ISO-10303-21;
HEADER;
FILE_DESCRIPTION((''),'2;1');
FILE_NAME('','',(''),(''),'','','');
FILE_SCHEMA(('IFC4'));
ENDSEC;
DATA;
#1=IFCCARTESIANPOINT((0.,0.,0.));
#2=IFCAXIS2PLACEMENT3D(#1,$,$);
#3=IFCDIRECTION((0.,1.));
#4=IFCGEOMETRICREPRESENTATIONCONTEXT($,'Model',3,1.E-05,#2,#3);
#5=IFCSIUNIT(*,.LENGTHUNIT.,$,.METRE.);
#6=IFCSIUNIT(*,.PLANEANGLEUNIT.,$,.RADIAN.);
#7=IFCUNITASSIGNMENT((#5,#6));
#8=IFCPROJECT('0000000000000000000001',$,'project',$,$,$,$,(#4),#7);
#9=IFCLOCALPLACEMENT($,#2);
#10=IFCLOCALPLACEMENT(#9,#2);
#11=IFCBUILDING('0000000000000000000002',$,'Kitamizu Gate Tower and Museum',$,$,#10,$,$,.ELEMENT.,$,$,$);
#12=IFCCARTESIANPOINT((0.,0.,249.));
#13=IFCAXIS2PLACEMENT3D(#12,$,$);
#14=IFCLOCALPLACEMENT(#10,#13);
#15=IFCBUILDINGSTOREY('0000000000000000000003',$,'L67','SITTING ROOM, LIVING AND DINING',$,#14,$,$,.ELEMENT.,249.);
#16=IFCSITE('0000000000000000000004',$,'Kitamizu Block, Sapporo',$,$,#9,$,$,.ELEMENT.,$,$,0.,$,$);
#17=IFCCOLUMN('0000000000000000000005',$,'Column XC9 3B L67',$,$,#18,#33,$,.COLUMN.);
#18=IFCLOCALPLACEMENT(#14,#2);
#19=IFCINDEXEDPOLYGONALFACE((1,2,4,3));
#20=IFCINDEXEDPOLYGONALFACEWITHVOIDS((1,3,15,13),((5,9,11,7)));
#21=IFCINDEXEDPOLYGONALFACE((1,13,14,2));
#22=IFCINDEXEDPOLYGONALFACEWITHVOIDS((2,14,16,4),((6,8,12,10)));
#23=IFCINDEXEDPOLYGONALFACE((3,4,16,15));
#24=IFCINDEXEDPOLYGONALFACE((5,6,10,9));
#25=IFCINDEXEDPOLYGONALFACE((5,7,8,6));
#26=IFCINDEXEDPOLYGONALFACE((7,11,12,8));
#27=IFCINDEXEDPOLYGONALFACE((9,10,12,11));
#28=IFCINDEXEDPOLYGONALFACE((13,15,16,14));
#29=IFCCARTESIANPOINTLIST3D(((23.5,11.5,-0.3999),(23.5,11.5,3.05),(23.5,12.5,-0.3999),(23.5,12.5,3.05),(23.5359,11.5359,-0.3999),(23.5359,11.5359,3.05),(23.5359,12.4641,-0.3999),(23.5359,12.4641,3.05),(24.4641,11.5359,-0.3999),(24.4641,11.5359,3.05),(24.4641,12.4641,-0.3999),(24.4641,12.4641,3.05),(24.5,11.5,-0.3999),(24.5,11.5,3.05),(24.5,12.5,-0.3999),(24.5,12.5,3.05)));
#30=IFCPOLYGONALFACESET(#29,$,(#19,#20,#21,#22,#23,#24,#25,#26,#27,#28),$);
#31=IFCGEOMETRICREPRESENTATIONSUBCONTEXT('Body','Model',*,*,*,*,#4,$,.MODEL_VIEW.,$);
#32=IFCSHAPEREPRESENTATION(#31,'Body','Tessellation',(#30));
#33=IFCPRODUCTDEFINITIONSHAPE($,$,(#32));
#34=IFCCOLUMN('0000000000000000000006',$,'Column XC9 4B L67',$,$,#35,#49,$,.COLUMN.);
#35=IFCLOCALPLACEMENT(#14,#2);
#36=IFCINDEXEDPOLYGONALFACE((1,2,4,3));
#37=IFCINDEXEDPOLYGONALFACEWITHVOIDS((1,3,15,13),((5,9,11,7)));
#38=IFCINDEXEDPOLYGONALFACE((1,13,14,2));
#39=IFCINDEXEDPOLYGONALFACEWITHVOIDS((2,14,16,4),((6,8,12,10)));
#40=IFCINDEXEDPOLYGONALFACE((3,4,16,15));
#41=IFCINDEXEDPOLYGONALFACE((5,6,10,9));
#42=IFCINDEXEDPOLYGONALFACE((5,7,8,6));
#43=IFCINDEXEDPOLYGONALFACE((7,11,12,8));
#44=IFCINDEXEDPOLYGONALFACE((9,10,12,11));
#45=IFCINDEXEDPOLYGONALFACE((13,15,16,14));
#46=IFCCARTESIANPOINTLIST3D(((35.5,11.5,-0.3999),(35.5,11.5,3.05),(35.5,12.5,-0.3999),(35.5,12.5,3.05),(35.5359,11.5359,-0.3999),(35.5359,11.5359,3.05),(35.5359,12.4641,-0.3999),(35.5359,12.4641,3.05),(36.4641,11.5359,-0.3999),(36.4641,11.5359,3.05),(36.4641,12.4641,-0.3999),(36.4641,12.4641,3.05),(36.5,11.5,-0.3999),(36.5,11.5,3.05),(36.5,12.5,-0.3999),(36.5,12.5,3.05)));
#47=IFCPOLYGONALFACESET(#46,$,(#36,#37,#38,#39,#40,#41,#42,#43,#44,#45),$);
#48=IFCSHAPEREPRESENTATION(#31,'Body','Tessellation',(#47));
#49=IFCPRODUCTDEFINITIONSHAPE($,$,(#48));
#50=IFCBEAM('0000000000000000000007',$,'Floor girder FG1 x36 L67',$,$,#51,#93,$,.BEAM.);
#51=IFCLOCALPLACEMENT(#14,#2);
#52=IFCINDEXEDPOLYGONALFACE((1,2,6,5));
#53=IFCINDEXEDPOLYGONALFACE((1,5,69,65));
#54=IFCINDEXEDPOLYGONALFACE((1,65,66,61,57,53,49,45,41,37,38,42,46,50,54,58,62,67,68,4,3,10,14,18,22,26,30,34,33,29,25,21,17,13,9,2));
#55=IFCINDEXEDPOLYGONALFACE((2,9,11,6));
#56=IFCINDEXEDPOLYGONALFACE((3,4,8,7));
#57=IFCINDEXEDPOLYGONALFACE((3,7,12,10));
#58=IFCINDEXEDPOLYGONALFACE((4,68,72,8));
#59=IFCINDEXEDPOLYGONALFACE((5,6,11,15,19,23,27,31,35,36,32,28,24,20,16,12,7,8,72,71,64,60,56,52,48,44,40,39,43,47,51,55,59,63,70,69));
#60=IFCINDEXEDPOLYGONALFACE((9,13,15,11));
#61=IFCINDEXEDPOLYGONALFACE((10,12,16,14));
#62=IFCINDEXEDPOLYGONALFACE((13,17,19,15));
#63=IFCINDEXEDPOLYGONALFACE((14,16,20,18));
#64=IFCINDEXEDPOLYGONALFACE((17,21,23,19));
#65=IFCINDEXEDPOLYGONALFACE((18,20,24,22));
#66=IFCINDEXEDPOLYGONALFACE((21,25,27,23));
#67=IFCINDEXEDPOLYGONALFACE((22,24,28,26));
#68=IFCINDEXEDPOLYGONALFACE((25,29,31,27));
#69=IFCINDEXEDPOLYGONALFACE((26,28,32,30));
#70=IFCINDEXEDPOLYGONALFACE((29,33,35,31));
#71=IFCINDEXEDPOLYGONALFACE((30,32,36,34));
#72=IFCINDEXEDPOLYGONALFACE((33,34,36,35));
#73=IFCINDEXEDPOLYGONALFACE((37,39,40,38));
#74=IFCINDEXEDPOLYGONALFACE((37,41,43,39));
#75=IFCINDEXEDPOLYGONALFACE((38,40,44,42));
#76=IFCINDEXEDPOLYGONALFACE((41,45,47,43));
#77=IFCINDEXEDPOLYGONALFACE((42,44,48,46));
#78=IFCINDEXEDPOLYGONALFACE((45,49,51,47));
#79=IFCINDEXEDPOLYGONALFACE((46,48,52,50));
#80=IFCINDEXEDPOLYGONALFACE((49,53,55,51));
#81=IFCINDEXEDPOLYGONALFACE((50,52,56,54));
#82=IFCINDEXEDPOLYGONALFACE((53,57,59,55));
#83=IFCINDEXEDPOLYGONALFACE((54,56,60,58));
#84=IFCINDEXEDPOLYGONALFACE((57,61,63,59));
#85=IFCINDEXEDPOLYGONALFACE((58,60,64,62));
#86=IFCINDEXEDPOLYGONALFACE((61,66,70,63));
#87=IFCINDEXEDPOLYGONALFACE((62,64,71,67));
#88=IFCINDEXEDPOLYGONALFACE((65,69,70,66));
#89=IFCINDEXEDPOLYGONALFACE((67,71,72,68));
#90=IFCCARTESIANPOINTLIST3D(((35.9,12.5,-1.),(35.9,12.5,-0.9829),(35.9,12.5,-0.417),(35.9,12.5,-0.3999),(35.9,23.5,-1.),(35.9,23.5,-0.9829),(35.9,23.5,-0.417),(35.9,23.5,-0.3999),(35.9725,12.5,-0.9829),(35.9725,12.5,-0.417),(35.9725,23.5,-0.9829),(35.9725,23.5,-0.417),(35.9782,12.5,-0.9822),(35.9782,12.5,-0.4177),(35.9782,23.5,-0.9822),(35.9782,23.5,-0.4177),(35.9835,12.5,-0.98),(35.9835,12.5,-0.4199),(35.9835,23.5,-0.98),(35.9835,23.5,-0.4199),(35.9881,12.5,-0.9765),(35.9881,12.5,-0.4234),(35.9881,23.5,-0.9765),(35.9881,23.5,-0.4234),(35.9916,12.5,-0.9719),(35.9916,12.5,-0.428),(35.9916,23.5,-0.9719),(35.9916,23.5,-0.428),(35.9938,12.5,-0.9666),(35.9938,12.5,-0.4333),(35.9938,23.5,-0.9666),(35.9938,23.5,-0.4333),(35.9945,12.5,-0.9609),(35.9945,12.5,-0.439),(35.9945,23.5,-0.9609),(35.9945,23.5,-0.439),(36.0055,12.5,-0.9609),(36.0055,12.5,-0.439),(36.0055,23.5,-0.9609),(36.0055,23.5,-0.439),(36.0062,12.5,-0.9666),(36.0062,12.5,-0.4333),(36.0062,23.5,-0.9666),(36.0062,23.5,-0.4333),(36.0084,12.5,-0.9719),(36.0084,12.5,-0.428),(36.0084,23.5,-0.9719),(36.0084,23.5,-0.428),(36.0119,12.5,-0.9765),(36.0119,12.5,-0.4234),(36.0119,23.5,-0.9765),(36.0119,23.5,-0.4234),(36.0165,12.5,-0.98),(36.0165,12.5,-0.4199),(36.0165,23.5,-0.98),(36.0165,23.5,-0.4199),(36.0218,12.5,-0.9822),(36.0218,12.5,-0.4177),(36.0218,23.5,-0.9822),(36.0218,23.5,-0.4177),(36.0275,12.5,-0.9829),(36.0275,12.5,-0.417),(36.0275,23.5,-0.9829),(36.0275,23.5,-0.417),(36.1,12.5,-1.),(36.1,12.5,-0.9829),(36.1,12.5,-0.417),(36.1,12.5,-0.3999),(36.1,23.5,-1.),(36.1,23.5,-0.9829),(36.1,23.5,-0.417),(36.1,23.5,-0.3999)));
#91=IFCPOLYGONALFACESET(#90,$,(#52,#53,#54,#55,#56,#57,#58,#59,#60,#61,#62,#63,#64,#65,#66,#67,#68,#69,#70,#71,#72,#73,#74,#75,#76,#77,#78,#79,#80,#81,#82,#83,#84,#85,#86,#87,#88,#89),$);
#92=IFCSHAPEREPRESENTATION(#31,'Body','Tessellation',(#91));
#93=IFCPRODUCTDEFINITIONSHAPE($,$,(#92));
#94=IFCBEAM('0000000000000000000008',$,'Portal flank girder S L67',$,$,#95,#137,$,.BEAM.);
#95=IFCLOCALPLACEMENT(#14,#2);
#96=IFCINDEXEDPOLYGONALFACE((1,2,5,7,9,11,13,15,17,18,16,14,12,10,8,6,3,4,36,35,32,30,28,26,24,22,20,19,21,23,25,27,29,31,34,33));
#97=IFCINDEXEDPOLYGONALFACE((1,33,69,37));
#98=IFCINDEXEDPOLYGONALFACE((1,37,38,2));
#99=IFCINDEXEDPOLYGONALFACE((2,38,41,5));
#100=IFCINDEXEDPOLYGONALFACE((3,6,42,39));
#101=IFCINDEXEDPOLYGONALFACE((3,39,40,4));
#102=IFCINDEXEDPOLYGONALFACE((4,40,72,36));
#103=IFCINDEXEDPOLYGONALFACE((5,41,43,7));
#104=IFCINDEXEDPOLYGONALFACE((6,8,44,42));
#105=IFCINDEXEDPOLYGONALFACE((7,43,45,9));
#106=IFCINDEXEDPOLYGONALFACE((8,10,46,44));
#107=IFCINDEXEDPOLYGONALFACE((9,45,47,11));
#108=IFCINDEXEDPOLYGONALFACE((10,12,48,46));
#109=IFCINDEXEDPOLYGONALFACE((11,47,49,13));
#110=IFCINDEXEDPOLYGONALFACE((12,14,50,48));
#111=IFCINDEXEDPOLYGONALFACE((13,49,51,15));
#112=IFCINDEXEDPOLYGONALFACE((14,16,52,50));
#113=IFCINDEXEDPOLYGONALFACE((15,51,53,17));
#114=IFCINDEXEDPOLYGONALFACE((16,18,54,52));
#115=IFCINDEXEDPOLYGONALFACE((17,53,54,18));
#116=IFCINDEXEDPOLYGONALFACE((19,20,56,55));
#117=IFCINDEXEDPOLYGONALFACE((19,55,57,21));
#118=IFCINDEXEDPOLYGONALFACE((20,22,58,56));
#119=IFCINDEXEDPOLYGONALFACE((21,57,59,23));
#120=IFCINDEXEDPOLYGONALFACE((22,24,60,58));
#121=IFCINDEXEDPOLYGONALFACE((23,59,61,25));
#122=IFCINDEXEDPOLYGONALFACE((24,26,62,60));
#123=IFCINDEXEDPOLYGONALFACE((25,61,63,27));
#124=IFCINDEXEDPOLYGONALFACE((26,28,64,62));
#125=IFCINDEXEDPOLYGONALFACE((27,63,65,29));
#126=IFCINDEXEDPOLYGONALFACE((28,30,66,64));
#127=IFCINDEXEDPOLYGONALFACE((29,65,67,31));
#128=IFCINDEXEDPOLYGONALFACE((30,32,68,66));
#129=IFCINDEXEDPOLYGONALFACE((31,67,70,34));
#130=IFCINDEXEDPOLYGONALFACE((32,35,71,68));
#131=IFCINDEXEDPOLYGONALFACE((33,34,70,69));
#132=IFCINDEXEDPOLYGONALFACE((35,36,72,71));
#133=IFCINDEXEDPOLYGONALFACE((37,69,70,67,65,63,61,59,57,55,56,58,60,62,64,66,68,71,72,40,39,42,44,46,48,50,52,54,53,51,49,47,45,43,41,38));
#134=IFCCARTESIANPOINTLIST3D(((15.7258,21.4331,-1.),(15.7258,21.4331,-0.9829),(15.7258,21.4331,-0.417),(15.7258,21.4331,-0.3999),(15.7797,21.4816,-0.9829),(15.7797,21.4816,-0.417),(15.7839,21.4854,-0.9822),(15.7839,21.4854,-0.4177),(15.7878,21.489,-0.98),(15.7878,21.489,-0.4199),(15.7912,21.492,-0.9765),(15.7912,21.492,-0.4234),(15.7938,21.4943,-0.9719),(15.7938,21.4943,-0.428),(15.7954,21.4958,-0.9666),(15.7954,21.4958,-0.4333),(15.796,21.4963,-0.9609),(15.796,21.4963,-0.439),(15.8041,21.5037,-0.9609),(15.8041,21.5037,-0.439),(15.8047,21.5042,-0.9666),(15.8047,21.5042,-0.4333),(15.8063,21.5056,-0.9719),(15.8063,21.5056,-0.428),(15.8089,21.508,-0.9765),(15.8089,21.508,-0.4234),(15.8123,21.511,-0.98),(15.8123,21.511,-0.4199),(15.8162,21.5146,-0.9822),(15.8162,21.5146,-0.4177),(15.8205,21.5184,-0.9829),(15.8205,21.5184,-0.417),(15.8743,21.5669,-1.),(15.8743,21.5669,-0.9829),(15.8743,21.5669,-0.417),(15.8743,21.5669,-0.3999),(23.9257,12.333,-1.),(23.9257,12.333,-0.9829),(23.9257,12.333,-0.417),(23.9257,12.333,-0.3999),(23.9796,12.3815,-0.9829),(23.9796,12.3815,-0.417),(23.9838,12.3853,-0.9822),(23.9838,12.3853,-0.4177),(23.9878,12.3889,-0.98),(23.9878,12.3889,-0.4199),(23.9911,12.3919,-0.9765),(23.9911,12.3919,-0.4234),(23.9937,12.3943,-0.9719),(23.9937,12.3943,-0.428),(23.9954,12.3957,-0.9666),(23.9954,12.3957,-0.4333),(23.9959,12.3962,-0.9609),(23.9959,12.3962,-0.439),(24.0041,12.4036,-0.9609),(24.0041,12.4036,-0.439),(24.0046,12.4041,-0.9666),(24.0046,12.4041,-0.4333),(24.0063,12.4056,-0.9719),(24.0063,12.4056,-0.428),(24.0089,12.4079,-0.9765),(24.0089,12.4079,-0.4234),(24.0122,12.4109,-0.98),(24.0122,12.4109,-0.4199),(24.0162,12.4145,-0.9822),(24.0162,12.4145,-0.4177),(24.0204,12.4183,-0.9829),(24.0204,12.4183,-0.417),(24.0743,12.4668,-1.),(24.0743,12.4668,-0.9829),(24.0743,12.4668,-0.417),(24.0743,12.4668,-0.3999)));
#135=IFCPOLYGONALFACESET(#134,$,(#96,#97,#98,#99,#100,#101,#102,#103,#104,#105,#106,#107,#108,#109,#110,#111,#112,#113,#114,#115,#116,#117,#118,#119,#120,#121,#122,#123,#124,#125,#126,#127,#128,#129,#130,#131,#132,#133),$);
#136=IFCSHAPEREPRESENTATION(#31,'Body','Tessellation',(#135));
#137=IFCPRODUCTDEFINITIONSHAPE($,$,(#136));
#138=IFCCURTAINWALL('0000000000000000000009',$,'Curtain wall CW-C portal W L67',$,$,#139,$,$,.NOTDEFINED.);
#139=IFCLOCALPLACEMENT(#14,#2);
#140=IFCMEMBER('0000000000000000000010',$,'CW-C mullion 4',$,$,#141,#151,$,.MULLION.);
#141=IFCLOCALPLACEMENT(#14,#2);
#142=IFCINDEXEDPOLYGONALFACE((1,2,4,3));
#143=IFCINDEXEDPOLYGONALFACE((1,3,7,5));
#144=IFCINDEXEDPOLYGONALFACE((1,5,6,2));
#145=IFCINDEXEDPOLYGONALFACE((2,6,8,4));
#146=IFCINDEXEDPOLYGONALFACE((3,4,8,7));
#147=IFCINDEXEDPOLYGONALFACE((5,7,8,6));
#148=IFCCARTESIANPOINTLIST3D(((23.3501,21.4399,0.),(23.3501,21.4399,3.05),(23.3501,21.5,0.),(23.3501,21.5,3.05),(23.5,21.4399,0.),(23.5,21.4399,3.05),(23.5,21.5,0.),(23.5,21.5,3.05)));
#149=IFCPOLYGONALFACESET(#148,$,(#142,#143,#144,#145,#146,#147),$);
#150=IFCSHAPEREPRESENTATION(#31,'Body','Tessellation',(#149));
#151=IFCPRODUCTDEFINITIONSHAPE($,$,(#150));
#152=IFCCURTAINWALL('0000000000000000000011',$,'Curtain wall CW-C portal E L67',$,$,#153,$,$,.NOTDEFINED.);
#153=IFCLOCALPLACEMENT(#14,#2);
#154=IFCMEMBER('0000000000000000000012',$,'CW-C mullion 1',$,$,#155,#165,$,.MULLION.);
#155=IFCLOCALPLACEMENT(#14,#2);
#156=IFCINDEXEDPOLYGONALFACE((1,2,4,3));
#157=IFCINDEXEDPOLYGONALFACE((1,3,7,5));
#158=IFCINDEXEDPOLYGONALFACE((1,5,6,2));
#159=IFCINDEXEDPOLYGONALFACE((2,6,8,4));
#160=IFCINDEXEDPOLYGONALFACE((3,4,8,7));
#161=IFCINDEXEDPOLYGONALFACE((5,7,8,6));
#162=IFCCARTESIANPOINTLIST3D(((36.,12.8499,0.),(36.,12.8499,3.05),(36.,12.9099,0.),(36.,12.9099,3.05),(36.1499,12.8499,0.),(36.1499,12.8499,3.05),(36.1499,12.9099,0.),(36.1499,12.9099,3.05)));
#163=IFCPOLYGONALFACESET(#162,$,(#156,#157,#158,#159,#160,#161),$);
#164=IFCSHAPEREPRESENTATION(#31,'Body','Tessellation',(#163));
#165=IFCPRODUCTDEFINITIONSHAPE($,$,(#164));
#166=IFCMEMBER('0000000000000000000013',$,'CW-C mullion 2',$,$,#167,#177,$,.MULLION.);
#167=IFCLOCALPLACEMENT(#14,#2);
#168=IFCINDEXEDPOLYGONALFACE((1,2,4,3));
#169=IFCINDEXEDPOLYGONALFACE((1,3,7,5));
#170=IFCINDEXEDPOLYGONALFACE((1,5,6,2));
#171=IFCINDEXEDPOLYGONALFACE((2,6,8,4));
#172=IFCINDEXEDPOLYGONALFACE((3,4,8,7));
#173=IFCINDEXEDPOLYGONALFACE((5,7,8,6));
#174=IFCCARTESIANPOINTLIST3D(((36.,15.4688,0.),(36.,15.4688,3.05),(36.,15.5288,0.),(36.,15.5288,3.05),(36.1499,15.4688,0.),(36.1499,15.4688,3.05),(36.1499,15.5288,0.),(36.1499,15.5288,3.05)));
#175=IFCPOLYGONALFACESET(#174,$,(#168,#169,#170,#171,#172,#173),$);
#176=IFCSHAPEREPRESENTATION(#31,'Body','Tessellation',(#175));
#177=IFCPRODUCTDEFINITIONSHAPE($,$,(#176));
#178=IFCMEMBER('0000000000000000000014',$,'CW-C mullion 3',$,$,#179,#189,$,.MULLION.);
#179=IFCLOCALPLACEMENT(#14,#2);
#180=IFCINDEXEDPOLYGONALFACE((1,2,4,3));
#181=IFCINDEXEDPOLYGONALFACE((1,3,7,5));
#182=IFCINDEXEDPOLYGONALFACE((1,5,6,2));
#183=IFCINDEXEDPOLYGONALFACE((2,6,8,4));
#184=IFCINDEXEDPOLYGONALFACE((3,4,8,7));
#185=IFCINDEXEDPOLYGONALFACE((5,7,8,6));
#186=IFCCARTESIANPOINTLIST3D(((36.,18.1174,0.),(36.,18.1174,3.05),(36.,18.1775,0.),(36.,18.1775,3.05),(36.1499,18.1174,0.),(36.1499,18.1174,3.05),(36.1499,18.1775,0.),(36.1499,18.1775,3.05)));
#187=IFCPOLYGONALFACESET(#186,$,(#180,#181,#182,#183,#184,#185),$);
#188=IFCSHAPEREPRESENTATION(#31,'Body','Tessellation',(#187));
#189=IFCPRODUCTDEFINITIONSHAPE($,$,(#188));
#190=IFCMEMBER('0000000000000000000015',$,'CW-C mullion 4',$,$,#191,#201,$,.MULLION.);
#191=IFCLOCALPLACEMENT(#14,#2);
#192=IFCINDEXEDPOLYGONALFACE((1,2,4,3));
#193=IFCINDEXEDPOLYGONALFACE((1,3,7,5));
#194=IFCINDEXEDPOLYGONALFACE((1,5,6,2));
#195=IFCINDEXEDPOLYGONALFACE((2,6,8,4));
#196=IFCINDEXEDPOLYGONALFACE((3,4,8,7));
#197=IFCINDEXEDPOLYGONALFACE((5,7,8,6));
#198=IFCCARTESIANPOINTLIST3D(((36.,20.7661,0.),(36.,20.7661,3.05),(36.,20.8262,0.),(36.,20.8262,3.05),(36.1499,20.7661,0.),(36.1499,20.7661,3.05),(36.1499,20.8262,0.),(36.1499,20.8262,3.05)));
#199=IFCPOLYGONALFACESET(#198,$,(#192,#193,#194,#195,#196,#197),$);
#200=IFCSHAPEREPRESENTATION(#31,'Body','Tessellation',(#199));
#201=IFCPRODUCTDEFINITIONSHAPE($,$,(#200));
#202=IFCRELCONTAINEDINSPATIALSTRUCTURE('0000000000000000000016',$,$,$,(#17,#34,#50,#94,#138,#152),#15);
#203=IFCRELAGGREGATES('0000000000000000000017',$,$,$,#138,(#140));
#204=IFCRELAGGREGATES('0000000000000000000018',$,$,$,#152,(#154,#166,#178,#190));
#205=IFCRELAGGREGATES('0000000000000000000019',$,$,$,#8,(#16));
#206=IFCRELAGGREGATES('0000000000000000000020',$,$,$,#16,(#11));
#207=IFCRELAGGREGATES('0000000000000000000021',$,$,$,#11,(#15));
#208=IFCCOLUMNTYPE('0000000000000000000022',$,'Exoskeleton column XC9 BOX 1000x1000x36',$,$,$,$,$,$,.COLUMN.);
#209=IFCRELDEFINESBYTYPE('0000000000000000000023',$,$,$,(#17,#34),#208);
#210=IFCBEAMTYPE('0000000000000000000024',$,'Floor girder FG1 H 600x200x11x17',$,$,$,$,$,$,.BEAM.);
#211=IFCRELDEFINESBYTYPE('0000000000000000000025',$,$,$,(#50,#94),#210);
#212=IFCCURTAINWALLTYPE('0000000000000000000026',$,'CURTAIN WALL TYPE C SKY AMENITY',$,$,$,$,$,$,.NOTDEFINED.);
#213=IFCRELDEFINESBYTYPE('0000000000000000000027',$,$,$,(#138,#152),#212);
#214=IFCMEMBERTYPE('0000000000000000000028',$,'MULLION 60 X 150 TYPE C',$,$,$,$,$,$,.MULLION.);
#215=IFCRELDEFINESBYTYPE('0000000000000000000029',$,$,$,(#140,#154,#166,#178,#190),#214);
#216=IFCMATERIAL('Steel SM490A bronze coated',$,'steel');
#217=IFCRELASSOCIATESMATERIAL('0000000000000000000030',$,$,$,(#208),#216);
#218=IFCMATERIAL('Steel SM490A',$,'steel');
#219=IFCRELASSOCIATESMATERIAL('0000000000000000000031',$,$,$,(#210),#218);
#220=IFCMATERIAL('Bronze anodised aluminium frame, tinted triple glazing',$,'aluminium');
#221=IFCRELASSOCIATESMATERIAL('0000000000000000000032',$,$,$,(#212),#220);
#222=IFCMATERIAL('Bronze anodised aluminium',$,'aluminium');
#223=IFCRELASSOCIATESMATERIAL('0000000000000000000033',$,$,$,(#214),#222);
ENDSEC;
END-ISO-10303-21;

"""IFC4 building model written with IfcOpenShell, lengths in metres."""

from ifc_helpers import new_model, si_unit, direction, frame, origin, origin_2d, place, context, subcontext, project, spatial, rectangle, hollow_rectangle, i_section, extrude, material, material_profile, profile_set, type_object, element, aggregate, save


model = new_model("IFC4")

# Units and contexts
model_context = context("Model", 3, precision=1e-05, world=origin(), true_north=direction((0.0, 1.0)))
body_context = subcontext(model_context, "Body", "Model", "MODEL_VIEW")
ifc_project = project(units=[si_unit("LENGTHUNIT", "METRE"), si_unit("PLANEANGLEUNIT", "RADIAN")], contexts=[model_context])

# Site, building, storey
site_placement = place(None, origin())
site = spatial("IfcSite", under=ifc_project, at=site_placement, Name="Kitamizu Block, Sapporo", CompositionType="ELEMENT", RefElevation=0.0)
building_placement = place(site_placement, origin())
building = spatial("IfcBuilding", under=site, at=building_placement, Name="Kitamizu Gate Tower and Museum", CompositionType="ELEMENT")
storey_placement = place(building_placement, frame((0.0, 0.0, 249.0)))
storey = spatial("IfcBuildingStorey", under=building, at=storey_placement, Name="L67", Description="SITTING ROOM, LIVING AND DINING", CompositionType="ELEMENT", Elevation=249.0)

# Columns
ifc_material_1 = material(Name="Steel SM490A bronze coated", Category="steel")
ifc_material_profile_1 = material_profile(ifc_material_1, hollow_rectangle(XDim=1.0, YDim=1.0, WallThickness=0.0359, at=origin_2d()), Name="BOX 1000x1000x36")
ifc_profile_set_1 = profile_set([ifc_material_profile_1], Name="Steel SM490A bronze coated")
column_type = type_object("IfcColumnType", Name="Exoskeleton column XC9 BOX 1000x1000x36", PredefinedType="COLUMN", material=ifc_profile_set_1)
for number, where, z_axis, x_axis, name in (
    (1, (24.0, 12.0, -0.3999), (0.0, 0.0, 1.0), (1.0, 0.0, 0.0), "Column XC9 3B L67"),
    (2, (36.0, 12.0, -0.3999), (0.0, 0.0, 1.0), (1.0, 0.0, 0.0), "Column XC9 4B L67"),
):
    element("IfcColumn", number, at=place(storey_placement, frame(where, z_axis=z_axis, x_axis=x_axis)), inside=storey, type_object=column_type, Name=name, PredefinedType="COLUMN", context=body_context, shape_type="SweptSolid", body=[
        extrude(hollow_rectangle(XDim=1.0, YDim=1.0, WallThickness=0.0359, at=origin_2d()), origin(), (0.0, 0.0, 1.0), 3.45),
    ])

# Beams
ifc_material_2 = material(Name="Steel SM490A", Category="steel")
ifc_material_profile_2 = material_profile(ifc_material_2, i_section(OverallWidth=0.2, OverallDepth=0.6001, WebThickness=0.011, FlangeThickness=0.0171, FilletRadius=0.022, at=origin_2d()), Name="H-600x200x11x17")
ifc_profile_set_2 = profile_set([ifc_material_profile_2], Name="Steel SM490A")
beam_type_1 = type_object("IfcBeamType", Name="Floor girder FG1 H 600x200x11x17", PredefinedType="BEAM", material=ifc_profile_set_2)
beam_1_placement = place(storey_placement, frame((36.0, 12.5, -0.7), z_axis=(0.0, 1.0, 0.0), x_axis=(-1.0, 0.0, 0.0)))
element("IfcBeam", 3, at=beam_1_placement, inside=storey, type_object=beam_type_1, Name="Floor girder FG1 x36 L67", PredefinedType="BEAM", context=body_context, shape_type="SweptSolid", body=[
    extrude(i_section(OverallWidth=0.2, OverallDepth=0.6001, WebThickness=0.011, FlangeThickness=0.0171, FilletRadius=0.022, at=origin_2d()), origin(), (0.0, 0.0, 1.0), 11.0),
])
beam_2_placement = place(storey_placement, frame((24.0, 12.3999, -0.7), z_axis=(-0.669409, 0.742894, 0.0), x_axis=(-0.742894, -0.669409, 0.0)))
element("IfcBeam", 4, at=beam_2_placement, inside=storey, type_object=beam_type_1, Name="Portal flank girder S L67", PredefinedType="BEAM", context=body_context, shape_type="SweptSolid", body=[
    extrude(i_section(OverallWidth=0.2, OverallDepth=0.6001, WebThickness=0.011, FlangeThickness=0.0171, FilletRadius=0.022, at=origin_2d()), origin(), (0.0, 0.0, 1.0), 12.2495),
])

# Curtain wall, member
ifc_material_3 = material(Name="Bronze anodised aluminium frame, tinted triple glazing", Category="aluminium")
curtain_wall_type = type_object("IfcCurtainWallType", Name="CURTAIN WALL TYPE C SKY AMENITY", PredefinedType="NOTDEFINED", material=ifc_material_3)
curtain_wall_1_placement = place(storey_placement, origin())
curtain_wall_1 = element("IfcCurtainWall", 5, at=curtain_wall_1_placement, inside=storey, type_object=curtain_wall_type, Name="Curtain wall CW-C portal W L67", PredefinedType="NOTDEFINED")
ifc_material_4 = material(Name="Bronze anodised aluminium", Category="aluminium")
ifc_material_profile_3 = material_profile(ifc_material_4, rectangle(XDim=0.0601, YDim=0.1499, at=origin_2d()), Name="AL 60X150")
ifc_profile_set_3 = profile_set([ifc_material_profile_3], Name="Bronze anodised aluminium")
member_type_1 = type_object("IfcMemberType", Name="MULLION 60 X 150 TYPE C", PredefinedType="MULLION", material=ifc_profile_set_3)
member_1_placement = place(storey_placement, frame((23.425, 21.47, 0.0), z_axis=(0.0, 0.0, 1.0), x_axis=(0.0, 1.0, 0.0)))
member_1 = element("IfcMember", 6, at=member_1_placement, type_object=member_type_1, Name="CW-C mullion 4", PredefinedType="MULLION", context=body_context, shape_type="SweptSolid", body=[
    extrude(rectangle(XDim=0.0601, YDim=0.1499, at=origin_2d()), origin(), (0.0, 0.0, 1.0), 3.05),
])

# Curtain wall, members
curtain_wall_2_placement = place(storey_placement, origin())
curtain_wall_2 = element("IfcCurtainWall", 7, at=curtain_wall_2_placement, inside=storey, type_object=curtain_wall_type, Name="Curtain wall CW-C portal E L67", PredefinedType="NOTDEFINED")
member_2_placement = place(storey_placement, frame((36.075, 12.8799, 0.0), z_axis=(0.0, 0.0, 1.0), x_axis=(0.0, 1.0, 0.0)))
member_2 = element("IfcMember", 8, at=member_2_placement, type_object=member_type_1, Name="CW-C mullion 1", PredefinedType="MULLION", context=body_context, shape_type="SweptSolid", body=[
    extrude(rectangle(XDim=0.0601, YDim=0.1499, at=origin_2d()), origin(), (0.0, 0.0, 1.0), 3.05),
])
member_3_placement = place(storey_placement, frame((36.075, 15.4988, 0.0), z_axis=(0.0, 0.0, 1.0), x_axis=(0.0, 1.0, 0.0)))
member_3 = element("IfcMember", 9, at=member_3_placement, type_object=member_type_1, Name="CW-C mullion 2", PredefinedType="MULLION", context=body_context, shape_type="SweptSolid", body=[
    extrude(rectangle(XDim=0.0601, YDim=0.1499, at=origin_2d()), origin(), (0.0, 0.0, 1.0), 3.05),
])
member_4_placement = place(storey_placement, frame((36.075, 18.1475, 0.0), z_axis=(0.0, 0.0, 1.0), x_axis=(0.0, 1.0, 0.0)))
member_4 = element("IfcMember", 10, at=member_4_placement, type_object=member_type_1, Name="CW-C mullion 3", PredefinedType="MULLION", context=body_context, shape_type="SweptSolid", body=[
    extrude(rectangle(XDim=0.0601, YDim=0.1499, at=origin_2d()), origin(), (0.0, 0.0, 1.0), 3.05),
])
member_5_placement = place(storey_placement, frame((36.075, 20.7961, 0.0), z_axis=(0.0, 0.0, 1.0), x_axis=(0.0, 1.0, 0.0)))
member_5 = element("IfcMember", 11, at=member_5_placement, type_object=member_type_1, Name="CW-C mullion 4", PredefinedType="MULLION", context=body_context, shape_type="SweptSolid", body=[
    extrude(rectangle(XDim=0.0601, YDim=0.1499, at=origin_2d()), origin(), (0.0, 0.0, 1.0), 3.05),
])

aggregate(curtain_wall_1, [member_1])
aggregate(curtain_wall_2, [member_2, member_3, member_4, member_5])

save(model, "model.ifc")
